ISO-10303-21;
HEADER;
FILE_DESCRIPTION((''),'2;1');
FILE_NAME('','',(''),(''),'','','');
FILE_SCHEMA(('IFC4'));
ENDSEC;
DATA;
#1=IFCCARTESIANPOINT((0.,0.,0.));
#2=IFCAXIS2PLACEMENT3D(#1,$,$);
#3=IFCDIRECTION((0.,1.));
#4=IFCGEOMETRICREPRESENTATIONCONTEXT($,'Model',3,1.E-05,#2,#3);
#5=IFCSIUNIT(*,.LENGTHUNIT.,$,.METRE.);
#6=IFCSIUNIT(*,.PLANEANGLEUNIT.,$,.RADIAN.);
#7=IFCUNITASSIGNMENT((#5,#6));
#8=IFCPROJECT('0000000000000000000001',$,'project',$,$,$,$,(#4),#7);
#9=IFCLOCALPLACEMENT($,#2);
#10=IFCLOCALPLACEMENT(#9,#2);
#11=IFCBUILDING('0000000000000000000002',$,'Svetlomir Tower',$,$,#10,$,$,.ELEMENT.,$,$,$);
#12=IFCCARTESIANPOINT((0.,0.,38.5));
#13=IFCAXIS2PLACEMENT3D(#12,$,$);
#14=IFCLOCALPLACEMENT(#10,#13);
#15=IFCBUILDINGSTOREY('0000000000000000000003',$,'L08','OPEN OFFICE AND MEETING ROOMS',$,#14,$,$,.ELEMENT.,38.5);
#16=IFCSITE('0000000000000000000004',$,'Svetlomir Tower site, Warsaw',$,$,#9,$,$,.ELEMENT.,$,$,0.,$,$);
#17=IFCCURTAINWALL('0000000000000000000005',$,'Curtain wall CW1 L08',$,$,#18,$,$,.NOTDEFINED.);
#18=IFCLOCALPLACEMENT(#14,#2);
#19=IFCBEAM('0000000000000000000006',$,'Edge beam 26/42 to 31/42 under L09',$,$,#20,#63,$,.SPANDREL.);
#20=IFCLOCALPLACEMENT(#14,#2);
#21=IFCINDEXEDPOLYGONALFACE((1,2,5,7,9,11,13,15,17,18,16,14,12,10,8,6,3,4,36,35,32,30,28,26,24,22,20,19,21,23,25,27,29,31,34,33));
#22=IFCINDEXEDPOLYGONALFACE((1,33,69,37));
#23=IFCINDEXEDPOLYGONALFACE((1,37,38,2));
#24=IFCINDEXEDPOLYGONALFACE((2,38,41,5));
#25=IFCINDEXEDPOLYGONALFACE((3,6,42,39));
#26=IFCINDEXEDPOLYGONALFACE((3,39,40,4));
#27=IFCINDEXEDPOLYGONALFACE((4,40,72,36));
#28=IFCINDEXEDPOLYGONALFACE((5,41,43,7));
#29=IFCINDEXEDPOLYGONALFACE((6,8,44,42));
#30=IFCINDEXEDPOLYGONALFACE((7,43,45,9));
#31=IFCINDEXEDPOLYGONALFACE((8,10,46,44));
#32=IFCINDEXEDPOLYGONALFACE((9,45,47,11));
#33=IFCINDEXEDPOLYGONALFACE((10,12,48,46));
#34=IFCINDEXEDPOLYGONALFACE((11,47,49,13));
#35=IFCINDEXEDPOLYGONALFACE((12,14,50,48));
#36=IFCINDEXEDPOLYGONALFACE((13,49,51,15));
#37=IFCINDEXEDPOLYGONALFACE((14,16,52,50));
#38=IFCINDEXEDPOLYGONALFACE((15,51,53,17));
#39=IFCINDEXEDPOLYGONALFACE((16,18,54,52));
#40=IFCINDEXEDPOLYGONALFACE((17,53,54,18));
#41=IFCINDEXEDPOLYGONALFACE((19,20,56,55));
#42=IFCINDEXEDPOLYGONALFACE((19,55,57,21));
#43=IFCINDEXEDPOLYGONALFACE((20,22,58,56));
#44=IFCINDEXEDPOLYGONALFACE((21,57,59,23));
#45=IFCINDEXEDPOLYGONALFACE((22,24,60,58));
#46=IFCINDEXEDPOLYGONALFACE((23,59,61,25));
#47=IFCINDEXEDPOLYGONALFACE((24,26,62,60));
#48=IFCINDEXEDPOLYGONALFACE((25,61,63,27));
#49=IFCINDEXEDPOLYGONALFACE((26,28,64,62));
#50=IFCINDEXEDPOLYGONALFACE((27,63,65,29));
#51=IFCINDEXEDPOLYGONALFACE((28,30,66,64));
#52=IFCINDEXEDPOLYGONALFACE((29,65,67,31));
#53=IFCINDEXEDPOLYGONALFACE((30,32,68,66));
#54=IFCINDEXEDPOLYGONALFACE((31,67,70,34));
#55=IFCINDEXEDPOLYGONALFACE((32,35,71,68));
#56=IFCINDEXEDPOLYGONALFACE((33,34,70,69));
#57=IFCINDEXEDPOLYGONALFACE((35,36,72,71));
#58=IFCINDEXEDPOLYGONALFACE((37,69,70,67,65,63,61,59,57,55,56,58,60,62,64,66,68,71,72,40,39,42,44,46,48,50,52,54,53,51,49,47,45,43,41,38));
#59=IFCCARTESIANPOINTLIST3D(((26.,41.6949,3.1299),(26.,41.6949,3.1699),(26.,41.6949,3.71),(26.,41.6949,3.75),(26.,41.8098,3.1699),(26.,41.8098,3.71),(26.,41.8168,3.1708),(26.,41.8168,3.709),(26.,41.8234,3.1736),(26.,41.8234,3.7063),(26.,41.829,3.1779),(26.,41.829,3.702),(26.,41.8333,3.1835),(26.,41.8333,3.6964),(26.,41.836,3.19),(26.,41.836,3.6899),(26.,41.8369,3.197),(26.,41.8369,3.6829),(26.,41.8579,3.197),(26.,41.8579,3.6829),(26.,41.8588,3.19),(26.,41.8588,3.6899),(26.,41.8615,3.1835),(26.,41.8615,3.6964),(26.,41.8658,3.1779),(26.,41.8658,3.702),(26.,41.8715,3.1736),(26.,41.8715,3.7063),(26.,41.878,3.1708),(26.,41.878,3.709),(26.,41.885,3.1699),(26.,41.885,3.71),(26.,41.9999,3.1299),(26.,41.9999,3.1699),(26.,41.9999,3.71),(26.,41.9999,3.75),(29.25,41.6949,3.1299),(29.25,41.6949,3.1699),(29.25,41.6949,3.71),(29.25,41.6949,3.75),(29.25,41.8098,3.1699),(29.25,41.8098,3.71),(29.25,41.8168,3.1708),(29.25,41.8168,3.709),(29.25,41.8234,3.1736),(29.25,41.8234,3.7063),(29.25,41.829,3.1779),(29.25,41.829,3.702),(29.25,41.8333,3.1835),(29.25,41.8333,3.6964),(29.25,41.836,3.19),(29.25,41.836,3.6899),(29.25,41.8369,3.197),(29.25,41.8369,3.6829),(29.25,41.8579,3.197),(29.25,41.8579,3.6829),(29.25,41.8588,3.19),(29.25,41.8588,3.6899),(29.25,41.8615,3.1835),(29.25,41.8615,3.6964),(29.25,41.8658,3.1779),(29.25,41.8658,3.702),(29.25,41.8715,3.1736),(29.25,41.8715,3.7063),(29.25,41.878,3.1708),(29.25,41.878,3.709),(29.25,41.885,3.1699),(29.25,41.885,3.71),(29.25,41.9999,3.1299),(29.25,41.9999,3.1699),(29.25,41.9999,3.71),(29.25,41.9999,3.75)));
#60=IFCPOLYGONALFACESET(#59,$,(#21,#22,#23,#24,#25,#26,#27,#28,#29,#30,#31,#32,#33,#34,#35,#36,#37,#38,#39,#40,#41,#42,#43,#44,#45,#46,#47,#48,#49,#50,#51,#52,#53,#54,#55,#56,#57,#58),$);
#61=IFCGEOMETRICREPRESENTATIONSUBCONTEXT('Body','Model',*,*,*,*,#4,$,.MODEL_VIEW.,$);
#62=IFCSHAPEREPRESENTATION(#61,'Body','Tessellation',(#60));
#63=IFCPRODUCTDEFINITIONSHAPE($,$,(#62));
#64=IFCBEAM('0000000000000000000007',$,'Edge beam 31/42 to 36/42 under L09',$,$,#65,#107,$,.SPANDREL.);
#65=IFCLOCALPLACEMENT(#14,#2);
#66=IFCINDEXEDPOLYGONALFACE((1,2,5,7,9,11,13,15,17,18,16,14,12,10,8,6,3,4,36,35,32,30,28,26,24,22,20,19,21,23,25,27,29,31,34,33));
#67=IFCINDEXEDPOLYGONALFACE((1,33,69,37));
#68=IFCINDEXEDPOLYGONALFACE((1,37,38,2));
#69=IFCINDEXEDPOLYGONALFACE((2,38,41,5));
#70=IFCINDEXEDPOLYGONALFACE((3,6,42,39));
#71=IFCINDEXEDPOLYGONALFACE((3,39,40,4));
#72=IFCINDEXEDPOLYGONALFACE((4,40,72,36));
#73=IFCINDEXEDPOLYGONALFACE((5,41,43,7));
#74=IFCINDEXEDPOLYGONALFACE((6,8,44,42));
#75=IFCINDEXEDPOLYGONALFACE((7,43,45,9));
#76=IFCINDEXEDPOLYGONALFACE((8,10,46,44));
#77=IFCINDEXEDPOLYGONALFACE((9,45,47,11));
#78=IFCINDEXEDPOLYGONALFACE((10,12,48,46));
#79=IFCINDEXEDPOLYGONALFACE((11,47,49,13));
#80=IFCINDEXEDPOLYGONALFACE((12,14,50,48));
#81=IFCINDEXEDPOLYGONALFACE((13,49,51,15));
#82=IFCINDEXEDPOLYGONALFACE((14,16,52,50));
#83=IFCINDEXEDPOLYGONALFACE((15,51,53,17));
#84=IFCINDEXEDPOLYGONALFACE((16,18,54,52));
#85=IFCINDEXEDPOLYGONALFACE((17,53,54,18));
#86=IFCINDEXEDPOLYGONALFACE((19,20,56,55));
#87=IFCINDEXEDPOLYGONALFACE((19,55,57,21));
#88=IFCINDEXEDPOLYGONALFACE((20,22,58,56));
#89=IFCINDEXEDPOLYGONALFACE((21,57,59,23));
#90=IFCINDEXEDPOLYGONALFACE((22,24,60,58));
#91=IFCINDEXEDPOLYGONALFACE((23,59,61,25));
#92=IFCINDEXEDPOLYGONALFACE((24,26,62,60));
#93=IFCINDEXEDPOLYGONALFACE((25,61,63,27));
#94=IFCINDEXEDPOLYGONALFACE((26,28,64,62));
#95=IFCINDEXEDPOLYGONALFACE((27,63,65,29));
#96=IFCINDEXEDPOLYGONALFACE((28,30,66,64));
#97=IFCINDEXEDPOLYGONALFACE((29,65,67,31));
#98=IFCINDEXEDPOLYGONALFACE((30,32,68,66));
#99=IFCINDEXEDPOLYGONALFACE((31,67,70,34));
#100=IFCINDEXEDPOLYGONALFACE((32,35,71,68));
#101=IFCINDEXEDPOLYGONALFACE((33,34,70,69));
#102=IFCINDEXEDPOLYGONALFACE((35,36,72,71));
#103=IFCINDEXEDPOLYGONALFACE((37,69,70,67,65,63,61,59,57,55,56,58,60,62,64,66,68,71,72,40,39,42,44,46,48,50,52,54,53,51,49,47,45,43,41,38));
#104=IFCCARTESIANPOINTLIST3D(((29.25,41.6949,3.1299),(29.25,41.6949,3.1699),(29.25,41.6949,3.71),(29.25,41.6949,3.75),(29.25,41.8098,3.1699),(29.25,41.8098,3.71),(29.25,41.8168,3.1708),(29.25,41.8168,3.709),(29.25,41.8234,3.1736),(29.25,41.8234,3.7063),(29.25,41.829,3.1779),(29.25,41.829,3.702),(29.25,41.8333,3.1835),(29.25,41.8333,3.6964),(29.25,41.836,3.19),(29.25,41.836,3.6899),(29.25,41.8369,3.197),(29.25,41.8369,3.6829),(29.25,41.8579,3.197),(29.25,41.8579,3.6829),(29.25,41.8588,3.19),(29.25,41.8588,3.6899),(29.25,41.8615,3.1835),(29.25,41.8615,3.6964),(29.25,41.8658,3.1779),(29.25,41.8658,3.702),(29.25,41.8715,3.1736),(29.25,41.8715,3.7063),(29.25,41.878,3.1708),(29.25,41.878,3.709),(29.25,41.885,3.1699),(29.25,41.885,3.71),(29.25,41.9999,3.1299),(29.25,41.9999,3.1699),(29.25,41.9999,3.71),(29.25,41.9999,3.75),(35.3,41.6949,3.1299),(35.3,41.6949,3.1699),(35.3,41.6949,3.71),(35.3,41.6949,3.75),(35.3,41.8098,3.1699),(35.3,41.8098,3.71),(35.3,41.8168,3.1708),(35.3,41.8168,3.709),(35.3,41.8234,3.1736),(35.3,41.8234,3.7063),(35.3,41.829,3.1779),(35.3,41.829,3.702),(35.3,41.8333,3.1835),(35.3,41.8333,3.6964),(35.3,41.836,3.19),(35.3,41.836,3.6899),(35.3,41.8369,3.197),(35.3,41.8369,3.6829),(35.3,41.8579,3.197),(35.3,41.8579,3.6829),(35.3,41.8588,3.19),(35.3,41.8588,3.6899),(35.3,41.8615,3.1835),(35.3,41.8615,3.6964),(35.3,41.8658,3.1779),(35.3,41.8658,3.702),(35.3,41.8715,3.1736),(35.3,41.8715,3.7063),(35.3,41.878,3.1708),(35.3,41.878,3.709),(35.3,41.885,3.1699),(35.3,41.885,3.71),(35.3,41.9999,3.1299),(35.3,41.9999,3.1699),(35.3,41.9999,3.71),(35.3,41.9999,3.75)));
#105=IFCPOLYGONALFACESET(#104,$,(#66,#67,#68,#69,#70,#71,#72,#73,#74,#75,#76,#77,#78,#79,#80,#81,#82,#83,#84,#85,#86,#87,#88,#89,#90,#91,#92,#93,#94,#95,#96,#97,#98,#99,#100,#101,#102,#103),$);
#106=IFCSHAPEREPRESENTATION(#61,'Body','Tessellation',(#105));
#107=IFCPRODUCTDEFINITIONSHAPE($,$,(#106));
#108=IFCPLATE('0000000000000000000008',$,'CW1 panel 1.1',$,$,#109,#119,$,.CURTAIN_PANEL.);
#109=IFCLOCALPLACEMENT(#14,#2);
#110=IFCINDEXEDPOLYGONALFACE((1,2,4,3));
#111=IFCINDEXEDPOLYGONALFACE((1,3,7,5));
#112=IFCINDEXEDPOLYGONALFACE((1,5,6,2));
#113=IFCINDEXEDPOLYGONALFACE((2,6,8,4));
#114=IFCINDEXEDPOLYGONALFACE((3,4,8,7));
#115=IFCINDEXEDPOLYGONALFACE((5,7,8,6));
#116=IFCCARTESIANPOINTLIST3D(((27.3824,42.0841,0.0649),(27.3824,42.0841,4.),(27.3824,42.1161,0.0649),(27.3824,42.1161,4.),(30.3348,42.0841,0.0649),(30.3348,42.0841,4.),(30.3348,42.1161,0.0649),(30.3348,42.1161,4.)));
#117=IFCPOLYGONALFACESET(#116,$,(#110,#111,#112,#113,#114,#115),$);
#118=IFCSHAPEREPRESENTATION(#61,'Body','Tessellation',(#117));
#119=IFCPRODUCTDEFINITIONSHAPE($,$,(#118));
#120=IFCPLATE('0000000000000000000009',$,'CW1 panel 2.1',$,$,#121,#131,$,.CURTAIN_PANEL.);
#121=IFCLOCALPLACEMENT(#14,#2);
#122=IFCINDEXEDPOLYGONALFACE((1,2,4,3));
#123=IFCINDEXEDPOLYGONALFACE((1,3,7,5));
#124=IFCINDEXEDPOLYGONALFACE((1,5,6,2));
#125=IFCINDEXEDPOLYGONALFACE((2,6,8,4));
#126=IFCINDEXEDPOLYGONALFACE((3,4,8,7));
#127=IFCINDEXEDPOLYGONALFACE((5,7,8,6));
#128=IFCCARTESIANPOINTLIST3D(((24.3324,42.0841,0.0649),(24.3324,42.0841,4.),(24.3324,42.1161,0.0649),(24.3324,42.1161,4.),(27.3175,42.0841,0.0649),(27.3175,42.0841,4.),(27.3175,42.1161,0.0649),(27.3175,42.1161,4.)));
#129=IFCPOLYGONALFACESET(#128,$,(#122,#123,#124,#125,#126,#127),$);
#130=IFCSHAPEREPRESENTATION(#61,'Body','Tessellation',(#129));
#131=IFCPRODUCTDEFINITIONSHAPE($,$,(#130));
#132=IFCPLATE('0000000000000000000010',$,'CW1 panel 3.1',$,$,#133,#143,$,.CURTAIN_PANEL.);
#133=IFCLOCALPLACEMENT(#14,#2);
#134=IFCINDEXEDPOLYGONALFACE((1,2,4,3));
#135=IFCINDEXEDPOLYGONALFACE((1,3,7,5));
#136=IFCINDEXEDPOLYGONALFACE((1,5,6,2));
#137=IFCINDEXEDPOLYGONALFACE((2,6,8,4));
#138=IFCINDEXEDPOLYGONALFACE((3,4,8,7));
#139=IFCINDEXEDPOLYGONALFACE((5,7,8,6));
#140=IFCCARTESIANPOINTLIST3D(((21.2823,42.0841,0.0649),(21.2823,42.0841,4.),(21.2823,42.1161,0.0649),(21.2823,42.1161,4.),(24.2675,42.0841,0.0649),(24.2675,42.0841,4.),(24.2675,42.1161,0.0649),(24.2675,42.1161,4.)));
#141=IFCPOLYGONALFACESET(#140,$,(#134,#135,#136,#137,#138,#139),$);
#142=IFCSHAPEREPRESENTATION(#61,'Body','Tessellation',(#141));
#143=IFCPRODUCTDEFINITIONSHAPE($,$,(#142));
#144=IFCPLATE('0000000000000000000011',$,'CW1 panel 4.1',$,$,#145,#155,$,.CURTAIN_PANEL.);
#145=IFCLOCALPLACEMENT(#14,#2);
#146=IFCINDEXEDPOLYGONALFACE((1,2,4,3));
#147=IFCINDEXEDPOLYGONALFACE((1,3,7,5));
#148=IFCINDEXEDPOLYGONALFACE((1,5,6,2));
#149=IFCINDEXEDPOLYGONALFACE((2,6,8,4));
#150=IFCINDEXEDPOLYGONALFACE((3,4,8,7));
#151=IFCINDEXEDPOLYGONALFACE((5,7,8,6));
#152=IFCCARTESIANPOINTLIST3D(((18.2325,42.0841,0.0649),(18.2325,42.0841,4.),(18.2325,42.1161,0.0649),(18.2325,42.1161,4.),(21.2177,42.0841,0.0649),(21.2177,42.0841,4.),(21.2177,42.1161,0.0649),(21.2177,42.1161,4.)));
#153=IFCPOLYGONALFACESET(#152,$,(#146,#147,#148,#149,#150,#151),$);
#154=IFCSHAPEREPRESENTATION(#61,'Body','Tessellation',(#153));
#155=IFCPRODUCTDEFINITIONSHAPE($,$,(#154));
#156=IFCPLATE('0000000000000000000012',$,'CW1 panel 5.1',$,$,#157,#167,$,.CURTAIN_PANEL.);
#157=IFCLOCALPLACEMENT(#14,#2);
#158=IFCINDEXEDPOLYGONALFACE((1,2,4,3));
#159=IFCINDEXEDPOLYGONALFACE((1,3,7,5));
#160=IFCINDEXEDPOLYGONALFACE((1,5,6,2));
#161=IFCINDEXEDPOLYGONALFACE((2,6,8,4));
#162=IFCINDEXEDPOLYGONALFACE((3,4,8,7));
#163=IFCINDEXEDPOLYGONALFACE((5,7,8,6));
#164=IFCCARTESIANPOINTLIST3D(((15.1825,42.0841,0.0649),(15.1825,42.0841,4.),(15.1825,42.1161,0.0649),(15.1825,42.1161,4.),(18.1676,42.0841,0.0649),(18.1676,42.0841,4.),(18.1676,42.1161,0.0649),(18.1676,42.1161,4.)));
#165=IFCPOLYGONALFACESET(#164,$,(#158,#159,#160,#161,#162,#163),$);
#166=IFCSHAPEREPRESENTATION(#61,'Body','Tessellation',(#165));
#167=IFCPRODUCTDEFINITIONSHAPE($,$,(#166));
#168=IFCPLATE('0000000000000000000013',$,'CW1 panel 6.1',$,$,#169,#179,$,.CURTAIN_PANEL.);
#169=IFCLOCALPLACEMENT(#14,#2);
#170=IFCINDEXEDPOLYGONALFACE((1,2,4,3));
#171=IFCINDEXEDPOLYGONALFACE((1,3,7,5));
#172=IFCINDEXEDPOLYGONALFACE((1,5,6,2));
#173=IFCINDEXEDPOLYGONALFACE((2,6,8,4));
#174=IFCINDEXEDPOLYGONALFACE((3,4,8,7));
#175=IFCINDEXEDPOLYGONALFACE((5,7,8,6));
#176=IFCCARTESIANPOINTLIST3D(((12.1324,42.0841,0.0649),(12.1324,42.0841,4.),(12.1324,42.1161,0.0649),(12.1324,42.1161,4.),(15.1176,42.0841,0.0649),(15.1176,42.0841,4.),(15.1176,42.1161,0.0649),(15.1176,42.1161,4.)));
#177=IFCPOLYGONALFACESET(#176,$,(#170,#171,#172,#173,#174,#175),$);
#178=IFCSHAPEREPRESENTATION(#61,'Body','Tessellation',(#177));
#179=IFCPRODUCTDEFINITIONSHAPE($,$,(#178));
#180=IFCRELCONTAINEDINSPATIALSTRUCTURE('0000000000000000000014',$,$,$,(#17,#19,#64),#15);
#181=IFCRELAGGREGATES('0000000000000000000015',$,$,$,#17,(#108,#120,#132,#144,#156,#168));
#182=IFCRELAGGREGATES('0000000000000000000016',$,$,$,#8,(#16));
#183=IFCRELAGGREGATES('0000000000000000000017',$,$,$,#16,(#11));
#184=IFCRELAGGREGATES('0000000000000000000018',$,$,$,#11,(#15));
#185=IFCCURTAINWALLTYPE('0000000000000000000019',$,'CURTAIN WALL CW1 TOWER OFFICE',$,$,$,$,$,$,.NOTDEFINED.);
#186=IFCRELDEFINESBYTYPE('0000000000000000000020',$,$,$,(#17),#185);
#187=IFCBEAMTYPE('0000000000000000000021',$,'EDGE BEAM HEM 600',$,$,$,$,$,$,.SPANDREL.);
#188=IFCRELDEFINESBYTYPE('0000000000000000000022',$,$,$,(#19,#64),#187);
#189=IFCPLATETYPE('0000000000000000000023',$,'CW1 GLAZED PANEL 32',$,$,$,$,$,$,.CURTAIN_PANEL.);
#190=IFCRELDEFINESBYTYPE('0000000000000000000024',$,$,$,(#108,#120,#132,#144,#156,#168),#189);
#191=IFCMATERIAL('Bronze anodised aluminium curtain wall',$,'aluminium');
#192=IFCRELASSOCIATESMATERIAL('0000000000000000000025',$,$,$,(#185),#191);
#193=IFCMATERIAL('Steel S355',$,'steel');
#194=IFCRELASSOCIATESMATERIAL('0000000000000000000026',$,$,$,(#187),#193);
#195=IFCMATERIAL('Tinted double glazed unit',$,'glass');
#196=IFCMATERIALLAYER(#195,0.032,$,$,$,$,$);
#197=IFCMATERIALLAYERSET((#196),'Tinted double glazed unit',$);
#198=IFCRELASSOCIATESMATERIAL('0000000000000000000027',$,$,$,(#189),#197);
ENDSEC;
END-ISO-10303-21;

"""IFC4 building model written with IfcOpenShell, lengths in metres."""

from ifc_helpers import new_model, si_unit, direction, frame, origin, origin_2d, place, context, subcontext, project, spatial, rectangle, i_section, extrude, material, layer, layer_set, material_profile, profile_set, type_object, element, aggregate, save


model = new_model("IFC4")

# Units and contexts
model_context = context("Model", 3, precision=1e-05, world=origin(), true_north=direction((0.0, 1.0)))
body_context = subcontext(model_context, "Body", "Model", "MODEL_VIEW")
ifc_project = project(units=[si_unit("LENGTHUNIT", "METRE"), si_unit("PLANEANGLEUNIT", "RADIAN")], contexts=[model_context])

# Site, building, storey
site_placement = place(None, origin())
site = spatial("IfcSite", under=ifc_project, at=site_placement, Name="Svetlomir Tower site, Warsaw", CompositionType="ELEMENT", RefElevation=0.0)
building_placement = place(site_placement, origin())
building = spatial("IfcBuilding", under=site, at=building_placement, Name="Svetlomir Tower", CompositionType="ELEMENT")
storey_placement = place(building_placement, frame((0.0, 0.0, 38.5)))
storey = spatial("IfcBuildingStorey", under=building, at=storey_placement, Name="L08", Description="OPEN OFFICE AND MEETING ROOMS", CompositionType="ELEMENT", Elevation=38.5)

# Curtain wall
ifc_material_1 = material(Name="Bronze anodised aluminium curtain wall", Category="aluminium")
curtain_wall_type = type_object("IfcCurtainWallType", Name="CURTAIN WALL CW1 TOWER OFFICE", PredefinedType="NOTDEFINED", material=ifc_material_1)
curtain_wall_placement = place(storey_placement, origin())
curtain_wall = element("IfcCurtainWall", 1, at=curtain_wall_placement, inside=storey, type_object=curtain_wall_type, Name="Curtain wall CW1 L08", PredefinedType="NOTDEFINED")

# Beams
ifc_material_2 = material(Name="Steel S355", Category="steel")
ifc_material_profile_1 = material_profile(ifc_material_2, i_section(OverallWidth=0.3049, OverallDepth=0.6201, WebThickness=0.021, FlangeThickness=0.04, FilletRadius=0.0271, at=origin_2d()), Name="HEM 600")
ifc_profile_set_1 = profile_set([ifc_material_profile_1], Name="Steel S355")
beam_type_1 = type_object("IfcBeamType", Name="EDGE BEAM HEM 600", PredefinedType="SPANDREL", material=ifc_profile_set_1)
beam_1_placement = place(storey_placement, frame((26.0, 41.8474, 3.4399), z_axis=(1.0, 0.0, 0.0), x_axis=(0.0, 1.0, 0.0)))
element("IfcBeam", 2, at=beam_1_placement, inside=storey, type_object=beam_type_1, Name="Edge beam 26/42 to 31/42 under L09", PredefinedType="SPANDREL", context=body_context, shape_type="SweptSolid", body=[
    extrude(i_section(OverallWidth=0.3049, OverallDepth=0.6201, WebThickness=0.021, FlangeThickness=0.04, FilletRadius=0.0271, at=origin_2d()), origin(), (0.0, 0.0, 1.0), 3.25),
])
beam_2_placement = place(storey_placement, frame((29.25, 41.8474, 3.4399), z_axis=(1.0, 0.0, 0.0), x_axis=(0.0, 1.0, 0.0)))
element("IfcBeam", 3, at=beam_2_placement, inside=storey, type_object=beam_type_1, Name="Edge beam 31/42 to 36/42 under L09", PredefinedType="SPANDREL", context=body_context, shape_type="SweptSolid", body=[
    extrude(i_section(OverallWidth=0.3049, OverallDepth=0.6201, WebThickness=0.021, FlangeThickness=0.04, FilletRadius=0.0271, at=origin_2d()), origin(), (0.0, 0.0, 1.0), 6.05),
])

# Plates
ifc_material_3 = material(Name="Tinted double glazed unit", Category="glass")
ifc_layer = layer(ifc_material_3, 0.032)
ifc_layer_set = layer_set([ifc_layer], Name="Tinted double glazed unit")
plate_type = type_object("IfcPlateType", Name="CW1 GLAZED PANEL 32", PredefinedType="CURTAIN_PANEL", material=ifc_layer_set)
plate_1_placement = place(storey_placement, frame((28.8586, 42.1001, 0.0649), z_axis=(0.0, 0.0, 1.0), x_axis=(-1.0, 0.0, 0.0)))
plate_1 = element("IfcPlate", 4, at=plate_1_placement, type_object=plate_type, Name="CW1 panel 1.1", PredefinedType="CURTAIN_PANEL", context=body_context, shape_type="SweptSolid", body=[
    extrude(rectangle(XDim=2.9524, YDim=0.032, at=origin_2d()), origin(), (0.0, 0.0, 1.0), 3.9351),
])
plate_2_placement = place(storey_placement, frame((25.825, 42.1001, 0.0649), z_axis=(0.0, 0.0, 1.0), x_axis=(-1.0, 0.0, 0.0)))
plate_2 = element("IfcPlate", 5, at=plate_2_placement, type_object=plate_type, Name="CW1 panel 2.1", PredefinedType="CURTAIN_PANEL", context=body_context, shape_type="SweptSolid", body=[
    extrude(rectangle(XDim=2.9851, YDim=0.032, at=origin_2d()), origin(), (0.0, 0.0, 1.0), 3.9351),
])
plate_3_placement = place(storey_placement, frame((22.7749, 42.1001, 0.0649), z_axis=(0.0, 0.0, 1.0), x_axis=(-1.0, 0.0, 0.0)))
plate_3 = element("IfcPlate", 6, at=plate_3_placement, type_object=plate_type, Name="CW1 panel 3.1", PredefinedType="CURTAIN_PANEL", context=body_context, shape_type="SweptSolid", body=[
    extrude(rectangle(XDim=2.9851, YDim=0.032, at=origin_2d()), origin(), (0.0, 0.0, 1.0), 3.9351),
])
plate_4_placement = place(storey_placement, frame((19.7251, 42.1001, 0.0649), z_axis=(0.0, 0.0, 1.0), x_axis=(-1.0, 0.0, 0.0)))
plate_4 = element("IfcPlate", 7, at=plate_4_placement, type_object=plate_type, Name="CW1 panel 4.1", PredefinedType="CURTAIN_PANEL", context=body_context, shape_type="SweptSolid", body=[
    extrude(rectangle(XDim=2.9851, YDim=0.032, at=origin_2d()), origin(), (0.0, 0.0, 1.0), 3.9351),
])
plate_5_placement = place(storey_placement, frame((16.675, 42.1001, 0.0649), z_axis=(0.0, 0.0, 1.0), x_axis=(-1.0, 0.0, 0.0)))
plate_5 = element("IfcPlate", 8, at=plate_5_placement, type_object=plate_type, Name="CW1 panel 5.1", PredefinedType="CURTAIN_PANEL", context=body_context, shape_type="SweptSolid", body=[
    extrude(rectangle(XDim=2.9851, YDim=0.032, at=origin_2d()), origin(), (0.0, 0.0, 1.0), 3.9351),
])
plate_6_placement = place(storey_placement, frame((13.625, 42.1001, 0.0649), z_axis=(0.0, 0.0, 1.0), x_axis=(-1.0, 0.0, 0.0)))
plate_6 = element("IfcPlate", 9, at=plate_6_placement, type_object=plate_type, Name="CW1 panel 6.1", PredefinedType="CURTAIN_PANEL", context=body_context, shape_type="SweptSolid", body=[
    extrude(rectangle(XDim=2.9851, YDim=0.032, at=origin_2d()), origin(), (0.0, 0.0, 1.0), 3.9351),
])
aggregate(curtain_wall, [plate_1, plate_2, plate_3, plate_4, plate_5, plate_6])

save(model, "model.ifc")
